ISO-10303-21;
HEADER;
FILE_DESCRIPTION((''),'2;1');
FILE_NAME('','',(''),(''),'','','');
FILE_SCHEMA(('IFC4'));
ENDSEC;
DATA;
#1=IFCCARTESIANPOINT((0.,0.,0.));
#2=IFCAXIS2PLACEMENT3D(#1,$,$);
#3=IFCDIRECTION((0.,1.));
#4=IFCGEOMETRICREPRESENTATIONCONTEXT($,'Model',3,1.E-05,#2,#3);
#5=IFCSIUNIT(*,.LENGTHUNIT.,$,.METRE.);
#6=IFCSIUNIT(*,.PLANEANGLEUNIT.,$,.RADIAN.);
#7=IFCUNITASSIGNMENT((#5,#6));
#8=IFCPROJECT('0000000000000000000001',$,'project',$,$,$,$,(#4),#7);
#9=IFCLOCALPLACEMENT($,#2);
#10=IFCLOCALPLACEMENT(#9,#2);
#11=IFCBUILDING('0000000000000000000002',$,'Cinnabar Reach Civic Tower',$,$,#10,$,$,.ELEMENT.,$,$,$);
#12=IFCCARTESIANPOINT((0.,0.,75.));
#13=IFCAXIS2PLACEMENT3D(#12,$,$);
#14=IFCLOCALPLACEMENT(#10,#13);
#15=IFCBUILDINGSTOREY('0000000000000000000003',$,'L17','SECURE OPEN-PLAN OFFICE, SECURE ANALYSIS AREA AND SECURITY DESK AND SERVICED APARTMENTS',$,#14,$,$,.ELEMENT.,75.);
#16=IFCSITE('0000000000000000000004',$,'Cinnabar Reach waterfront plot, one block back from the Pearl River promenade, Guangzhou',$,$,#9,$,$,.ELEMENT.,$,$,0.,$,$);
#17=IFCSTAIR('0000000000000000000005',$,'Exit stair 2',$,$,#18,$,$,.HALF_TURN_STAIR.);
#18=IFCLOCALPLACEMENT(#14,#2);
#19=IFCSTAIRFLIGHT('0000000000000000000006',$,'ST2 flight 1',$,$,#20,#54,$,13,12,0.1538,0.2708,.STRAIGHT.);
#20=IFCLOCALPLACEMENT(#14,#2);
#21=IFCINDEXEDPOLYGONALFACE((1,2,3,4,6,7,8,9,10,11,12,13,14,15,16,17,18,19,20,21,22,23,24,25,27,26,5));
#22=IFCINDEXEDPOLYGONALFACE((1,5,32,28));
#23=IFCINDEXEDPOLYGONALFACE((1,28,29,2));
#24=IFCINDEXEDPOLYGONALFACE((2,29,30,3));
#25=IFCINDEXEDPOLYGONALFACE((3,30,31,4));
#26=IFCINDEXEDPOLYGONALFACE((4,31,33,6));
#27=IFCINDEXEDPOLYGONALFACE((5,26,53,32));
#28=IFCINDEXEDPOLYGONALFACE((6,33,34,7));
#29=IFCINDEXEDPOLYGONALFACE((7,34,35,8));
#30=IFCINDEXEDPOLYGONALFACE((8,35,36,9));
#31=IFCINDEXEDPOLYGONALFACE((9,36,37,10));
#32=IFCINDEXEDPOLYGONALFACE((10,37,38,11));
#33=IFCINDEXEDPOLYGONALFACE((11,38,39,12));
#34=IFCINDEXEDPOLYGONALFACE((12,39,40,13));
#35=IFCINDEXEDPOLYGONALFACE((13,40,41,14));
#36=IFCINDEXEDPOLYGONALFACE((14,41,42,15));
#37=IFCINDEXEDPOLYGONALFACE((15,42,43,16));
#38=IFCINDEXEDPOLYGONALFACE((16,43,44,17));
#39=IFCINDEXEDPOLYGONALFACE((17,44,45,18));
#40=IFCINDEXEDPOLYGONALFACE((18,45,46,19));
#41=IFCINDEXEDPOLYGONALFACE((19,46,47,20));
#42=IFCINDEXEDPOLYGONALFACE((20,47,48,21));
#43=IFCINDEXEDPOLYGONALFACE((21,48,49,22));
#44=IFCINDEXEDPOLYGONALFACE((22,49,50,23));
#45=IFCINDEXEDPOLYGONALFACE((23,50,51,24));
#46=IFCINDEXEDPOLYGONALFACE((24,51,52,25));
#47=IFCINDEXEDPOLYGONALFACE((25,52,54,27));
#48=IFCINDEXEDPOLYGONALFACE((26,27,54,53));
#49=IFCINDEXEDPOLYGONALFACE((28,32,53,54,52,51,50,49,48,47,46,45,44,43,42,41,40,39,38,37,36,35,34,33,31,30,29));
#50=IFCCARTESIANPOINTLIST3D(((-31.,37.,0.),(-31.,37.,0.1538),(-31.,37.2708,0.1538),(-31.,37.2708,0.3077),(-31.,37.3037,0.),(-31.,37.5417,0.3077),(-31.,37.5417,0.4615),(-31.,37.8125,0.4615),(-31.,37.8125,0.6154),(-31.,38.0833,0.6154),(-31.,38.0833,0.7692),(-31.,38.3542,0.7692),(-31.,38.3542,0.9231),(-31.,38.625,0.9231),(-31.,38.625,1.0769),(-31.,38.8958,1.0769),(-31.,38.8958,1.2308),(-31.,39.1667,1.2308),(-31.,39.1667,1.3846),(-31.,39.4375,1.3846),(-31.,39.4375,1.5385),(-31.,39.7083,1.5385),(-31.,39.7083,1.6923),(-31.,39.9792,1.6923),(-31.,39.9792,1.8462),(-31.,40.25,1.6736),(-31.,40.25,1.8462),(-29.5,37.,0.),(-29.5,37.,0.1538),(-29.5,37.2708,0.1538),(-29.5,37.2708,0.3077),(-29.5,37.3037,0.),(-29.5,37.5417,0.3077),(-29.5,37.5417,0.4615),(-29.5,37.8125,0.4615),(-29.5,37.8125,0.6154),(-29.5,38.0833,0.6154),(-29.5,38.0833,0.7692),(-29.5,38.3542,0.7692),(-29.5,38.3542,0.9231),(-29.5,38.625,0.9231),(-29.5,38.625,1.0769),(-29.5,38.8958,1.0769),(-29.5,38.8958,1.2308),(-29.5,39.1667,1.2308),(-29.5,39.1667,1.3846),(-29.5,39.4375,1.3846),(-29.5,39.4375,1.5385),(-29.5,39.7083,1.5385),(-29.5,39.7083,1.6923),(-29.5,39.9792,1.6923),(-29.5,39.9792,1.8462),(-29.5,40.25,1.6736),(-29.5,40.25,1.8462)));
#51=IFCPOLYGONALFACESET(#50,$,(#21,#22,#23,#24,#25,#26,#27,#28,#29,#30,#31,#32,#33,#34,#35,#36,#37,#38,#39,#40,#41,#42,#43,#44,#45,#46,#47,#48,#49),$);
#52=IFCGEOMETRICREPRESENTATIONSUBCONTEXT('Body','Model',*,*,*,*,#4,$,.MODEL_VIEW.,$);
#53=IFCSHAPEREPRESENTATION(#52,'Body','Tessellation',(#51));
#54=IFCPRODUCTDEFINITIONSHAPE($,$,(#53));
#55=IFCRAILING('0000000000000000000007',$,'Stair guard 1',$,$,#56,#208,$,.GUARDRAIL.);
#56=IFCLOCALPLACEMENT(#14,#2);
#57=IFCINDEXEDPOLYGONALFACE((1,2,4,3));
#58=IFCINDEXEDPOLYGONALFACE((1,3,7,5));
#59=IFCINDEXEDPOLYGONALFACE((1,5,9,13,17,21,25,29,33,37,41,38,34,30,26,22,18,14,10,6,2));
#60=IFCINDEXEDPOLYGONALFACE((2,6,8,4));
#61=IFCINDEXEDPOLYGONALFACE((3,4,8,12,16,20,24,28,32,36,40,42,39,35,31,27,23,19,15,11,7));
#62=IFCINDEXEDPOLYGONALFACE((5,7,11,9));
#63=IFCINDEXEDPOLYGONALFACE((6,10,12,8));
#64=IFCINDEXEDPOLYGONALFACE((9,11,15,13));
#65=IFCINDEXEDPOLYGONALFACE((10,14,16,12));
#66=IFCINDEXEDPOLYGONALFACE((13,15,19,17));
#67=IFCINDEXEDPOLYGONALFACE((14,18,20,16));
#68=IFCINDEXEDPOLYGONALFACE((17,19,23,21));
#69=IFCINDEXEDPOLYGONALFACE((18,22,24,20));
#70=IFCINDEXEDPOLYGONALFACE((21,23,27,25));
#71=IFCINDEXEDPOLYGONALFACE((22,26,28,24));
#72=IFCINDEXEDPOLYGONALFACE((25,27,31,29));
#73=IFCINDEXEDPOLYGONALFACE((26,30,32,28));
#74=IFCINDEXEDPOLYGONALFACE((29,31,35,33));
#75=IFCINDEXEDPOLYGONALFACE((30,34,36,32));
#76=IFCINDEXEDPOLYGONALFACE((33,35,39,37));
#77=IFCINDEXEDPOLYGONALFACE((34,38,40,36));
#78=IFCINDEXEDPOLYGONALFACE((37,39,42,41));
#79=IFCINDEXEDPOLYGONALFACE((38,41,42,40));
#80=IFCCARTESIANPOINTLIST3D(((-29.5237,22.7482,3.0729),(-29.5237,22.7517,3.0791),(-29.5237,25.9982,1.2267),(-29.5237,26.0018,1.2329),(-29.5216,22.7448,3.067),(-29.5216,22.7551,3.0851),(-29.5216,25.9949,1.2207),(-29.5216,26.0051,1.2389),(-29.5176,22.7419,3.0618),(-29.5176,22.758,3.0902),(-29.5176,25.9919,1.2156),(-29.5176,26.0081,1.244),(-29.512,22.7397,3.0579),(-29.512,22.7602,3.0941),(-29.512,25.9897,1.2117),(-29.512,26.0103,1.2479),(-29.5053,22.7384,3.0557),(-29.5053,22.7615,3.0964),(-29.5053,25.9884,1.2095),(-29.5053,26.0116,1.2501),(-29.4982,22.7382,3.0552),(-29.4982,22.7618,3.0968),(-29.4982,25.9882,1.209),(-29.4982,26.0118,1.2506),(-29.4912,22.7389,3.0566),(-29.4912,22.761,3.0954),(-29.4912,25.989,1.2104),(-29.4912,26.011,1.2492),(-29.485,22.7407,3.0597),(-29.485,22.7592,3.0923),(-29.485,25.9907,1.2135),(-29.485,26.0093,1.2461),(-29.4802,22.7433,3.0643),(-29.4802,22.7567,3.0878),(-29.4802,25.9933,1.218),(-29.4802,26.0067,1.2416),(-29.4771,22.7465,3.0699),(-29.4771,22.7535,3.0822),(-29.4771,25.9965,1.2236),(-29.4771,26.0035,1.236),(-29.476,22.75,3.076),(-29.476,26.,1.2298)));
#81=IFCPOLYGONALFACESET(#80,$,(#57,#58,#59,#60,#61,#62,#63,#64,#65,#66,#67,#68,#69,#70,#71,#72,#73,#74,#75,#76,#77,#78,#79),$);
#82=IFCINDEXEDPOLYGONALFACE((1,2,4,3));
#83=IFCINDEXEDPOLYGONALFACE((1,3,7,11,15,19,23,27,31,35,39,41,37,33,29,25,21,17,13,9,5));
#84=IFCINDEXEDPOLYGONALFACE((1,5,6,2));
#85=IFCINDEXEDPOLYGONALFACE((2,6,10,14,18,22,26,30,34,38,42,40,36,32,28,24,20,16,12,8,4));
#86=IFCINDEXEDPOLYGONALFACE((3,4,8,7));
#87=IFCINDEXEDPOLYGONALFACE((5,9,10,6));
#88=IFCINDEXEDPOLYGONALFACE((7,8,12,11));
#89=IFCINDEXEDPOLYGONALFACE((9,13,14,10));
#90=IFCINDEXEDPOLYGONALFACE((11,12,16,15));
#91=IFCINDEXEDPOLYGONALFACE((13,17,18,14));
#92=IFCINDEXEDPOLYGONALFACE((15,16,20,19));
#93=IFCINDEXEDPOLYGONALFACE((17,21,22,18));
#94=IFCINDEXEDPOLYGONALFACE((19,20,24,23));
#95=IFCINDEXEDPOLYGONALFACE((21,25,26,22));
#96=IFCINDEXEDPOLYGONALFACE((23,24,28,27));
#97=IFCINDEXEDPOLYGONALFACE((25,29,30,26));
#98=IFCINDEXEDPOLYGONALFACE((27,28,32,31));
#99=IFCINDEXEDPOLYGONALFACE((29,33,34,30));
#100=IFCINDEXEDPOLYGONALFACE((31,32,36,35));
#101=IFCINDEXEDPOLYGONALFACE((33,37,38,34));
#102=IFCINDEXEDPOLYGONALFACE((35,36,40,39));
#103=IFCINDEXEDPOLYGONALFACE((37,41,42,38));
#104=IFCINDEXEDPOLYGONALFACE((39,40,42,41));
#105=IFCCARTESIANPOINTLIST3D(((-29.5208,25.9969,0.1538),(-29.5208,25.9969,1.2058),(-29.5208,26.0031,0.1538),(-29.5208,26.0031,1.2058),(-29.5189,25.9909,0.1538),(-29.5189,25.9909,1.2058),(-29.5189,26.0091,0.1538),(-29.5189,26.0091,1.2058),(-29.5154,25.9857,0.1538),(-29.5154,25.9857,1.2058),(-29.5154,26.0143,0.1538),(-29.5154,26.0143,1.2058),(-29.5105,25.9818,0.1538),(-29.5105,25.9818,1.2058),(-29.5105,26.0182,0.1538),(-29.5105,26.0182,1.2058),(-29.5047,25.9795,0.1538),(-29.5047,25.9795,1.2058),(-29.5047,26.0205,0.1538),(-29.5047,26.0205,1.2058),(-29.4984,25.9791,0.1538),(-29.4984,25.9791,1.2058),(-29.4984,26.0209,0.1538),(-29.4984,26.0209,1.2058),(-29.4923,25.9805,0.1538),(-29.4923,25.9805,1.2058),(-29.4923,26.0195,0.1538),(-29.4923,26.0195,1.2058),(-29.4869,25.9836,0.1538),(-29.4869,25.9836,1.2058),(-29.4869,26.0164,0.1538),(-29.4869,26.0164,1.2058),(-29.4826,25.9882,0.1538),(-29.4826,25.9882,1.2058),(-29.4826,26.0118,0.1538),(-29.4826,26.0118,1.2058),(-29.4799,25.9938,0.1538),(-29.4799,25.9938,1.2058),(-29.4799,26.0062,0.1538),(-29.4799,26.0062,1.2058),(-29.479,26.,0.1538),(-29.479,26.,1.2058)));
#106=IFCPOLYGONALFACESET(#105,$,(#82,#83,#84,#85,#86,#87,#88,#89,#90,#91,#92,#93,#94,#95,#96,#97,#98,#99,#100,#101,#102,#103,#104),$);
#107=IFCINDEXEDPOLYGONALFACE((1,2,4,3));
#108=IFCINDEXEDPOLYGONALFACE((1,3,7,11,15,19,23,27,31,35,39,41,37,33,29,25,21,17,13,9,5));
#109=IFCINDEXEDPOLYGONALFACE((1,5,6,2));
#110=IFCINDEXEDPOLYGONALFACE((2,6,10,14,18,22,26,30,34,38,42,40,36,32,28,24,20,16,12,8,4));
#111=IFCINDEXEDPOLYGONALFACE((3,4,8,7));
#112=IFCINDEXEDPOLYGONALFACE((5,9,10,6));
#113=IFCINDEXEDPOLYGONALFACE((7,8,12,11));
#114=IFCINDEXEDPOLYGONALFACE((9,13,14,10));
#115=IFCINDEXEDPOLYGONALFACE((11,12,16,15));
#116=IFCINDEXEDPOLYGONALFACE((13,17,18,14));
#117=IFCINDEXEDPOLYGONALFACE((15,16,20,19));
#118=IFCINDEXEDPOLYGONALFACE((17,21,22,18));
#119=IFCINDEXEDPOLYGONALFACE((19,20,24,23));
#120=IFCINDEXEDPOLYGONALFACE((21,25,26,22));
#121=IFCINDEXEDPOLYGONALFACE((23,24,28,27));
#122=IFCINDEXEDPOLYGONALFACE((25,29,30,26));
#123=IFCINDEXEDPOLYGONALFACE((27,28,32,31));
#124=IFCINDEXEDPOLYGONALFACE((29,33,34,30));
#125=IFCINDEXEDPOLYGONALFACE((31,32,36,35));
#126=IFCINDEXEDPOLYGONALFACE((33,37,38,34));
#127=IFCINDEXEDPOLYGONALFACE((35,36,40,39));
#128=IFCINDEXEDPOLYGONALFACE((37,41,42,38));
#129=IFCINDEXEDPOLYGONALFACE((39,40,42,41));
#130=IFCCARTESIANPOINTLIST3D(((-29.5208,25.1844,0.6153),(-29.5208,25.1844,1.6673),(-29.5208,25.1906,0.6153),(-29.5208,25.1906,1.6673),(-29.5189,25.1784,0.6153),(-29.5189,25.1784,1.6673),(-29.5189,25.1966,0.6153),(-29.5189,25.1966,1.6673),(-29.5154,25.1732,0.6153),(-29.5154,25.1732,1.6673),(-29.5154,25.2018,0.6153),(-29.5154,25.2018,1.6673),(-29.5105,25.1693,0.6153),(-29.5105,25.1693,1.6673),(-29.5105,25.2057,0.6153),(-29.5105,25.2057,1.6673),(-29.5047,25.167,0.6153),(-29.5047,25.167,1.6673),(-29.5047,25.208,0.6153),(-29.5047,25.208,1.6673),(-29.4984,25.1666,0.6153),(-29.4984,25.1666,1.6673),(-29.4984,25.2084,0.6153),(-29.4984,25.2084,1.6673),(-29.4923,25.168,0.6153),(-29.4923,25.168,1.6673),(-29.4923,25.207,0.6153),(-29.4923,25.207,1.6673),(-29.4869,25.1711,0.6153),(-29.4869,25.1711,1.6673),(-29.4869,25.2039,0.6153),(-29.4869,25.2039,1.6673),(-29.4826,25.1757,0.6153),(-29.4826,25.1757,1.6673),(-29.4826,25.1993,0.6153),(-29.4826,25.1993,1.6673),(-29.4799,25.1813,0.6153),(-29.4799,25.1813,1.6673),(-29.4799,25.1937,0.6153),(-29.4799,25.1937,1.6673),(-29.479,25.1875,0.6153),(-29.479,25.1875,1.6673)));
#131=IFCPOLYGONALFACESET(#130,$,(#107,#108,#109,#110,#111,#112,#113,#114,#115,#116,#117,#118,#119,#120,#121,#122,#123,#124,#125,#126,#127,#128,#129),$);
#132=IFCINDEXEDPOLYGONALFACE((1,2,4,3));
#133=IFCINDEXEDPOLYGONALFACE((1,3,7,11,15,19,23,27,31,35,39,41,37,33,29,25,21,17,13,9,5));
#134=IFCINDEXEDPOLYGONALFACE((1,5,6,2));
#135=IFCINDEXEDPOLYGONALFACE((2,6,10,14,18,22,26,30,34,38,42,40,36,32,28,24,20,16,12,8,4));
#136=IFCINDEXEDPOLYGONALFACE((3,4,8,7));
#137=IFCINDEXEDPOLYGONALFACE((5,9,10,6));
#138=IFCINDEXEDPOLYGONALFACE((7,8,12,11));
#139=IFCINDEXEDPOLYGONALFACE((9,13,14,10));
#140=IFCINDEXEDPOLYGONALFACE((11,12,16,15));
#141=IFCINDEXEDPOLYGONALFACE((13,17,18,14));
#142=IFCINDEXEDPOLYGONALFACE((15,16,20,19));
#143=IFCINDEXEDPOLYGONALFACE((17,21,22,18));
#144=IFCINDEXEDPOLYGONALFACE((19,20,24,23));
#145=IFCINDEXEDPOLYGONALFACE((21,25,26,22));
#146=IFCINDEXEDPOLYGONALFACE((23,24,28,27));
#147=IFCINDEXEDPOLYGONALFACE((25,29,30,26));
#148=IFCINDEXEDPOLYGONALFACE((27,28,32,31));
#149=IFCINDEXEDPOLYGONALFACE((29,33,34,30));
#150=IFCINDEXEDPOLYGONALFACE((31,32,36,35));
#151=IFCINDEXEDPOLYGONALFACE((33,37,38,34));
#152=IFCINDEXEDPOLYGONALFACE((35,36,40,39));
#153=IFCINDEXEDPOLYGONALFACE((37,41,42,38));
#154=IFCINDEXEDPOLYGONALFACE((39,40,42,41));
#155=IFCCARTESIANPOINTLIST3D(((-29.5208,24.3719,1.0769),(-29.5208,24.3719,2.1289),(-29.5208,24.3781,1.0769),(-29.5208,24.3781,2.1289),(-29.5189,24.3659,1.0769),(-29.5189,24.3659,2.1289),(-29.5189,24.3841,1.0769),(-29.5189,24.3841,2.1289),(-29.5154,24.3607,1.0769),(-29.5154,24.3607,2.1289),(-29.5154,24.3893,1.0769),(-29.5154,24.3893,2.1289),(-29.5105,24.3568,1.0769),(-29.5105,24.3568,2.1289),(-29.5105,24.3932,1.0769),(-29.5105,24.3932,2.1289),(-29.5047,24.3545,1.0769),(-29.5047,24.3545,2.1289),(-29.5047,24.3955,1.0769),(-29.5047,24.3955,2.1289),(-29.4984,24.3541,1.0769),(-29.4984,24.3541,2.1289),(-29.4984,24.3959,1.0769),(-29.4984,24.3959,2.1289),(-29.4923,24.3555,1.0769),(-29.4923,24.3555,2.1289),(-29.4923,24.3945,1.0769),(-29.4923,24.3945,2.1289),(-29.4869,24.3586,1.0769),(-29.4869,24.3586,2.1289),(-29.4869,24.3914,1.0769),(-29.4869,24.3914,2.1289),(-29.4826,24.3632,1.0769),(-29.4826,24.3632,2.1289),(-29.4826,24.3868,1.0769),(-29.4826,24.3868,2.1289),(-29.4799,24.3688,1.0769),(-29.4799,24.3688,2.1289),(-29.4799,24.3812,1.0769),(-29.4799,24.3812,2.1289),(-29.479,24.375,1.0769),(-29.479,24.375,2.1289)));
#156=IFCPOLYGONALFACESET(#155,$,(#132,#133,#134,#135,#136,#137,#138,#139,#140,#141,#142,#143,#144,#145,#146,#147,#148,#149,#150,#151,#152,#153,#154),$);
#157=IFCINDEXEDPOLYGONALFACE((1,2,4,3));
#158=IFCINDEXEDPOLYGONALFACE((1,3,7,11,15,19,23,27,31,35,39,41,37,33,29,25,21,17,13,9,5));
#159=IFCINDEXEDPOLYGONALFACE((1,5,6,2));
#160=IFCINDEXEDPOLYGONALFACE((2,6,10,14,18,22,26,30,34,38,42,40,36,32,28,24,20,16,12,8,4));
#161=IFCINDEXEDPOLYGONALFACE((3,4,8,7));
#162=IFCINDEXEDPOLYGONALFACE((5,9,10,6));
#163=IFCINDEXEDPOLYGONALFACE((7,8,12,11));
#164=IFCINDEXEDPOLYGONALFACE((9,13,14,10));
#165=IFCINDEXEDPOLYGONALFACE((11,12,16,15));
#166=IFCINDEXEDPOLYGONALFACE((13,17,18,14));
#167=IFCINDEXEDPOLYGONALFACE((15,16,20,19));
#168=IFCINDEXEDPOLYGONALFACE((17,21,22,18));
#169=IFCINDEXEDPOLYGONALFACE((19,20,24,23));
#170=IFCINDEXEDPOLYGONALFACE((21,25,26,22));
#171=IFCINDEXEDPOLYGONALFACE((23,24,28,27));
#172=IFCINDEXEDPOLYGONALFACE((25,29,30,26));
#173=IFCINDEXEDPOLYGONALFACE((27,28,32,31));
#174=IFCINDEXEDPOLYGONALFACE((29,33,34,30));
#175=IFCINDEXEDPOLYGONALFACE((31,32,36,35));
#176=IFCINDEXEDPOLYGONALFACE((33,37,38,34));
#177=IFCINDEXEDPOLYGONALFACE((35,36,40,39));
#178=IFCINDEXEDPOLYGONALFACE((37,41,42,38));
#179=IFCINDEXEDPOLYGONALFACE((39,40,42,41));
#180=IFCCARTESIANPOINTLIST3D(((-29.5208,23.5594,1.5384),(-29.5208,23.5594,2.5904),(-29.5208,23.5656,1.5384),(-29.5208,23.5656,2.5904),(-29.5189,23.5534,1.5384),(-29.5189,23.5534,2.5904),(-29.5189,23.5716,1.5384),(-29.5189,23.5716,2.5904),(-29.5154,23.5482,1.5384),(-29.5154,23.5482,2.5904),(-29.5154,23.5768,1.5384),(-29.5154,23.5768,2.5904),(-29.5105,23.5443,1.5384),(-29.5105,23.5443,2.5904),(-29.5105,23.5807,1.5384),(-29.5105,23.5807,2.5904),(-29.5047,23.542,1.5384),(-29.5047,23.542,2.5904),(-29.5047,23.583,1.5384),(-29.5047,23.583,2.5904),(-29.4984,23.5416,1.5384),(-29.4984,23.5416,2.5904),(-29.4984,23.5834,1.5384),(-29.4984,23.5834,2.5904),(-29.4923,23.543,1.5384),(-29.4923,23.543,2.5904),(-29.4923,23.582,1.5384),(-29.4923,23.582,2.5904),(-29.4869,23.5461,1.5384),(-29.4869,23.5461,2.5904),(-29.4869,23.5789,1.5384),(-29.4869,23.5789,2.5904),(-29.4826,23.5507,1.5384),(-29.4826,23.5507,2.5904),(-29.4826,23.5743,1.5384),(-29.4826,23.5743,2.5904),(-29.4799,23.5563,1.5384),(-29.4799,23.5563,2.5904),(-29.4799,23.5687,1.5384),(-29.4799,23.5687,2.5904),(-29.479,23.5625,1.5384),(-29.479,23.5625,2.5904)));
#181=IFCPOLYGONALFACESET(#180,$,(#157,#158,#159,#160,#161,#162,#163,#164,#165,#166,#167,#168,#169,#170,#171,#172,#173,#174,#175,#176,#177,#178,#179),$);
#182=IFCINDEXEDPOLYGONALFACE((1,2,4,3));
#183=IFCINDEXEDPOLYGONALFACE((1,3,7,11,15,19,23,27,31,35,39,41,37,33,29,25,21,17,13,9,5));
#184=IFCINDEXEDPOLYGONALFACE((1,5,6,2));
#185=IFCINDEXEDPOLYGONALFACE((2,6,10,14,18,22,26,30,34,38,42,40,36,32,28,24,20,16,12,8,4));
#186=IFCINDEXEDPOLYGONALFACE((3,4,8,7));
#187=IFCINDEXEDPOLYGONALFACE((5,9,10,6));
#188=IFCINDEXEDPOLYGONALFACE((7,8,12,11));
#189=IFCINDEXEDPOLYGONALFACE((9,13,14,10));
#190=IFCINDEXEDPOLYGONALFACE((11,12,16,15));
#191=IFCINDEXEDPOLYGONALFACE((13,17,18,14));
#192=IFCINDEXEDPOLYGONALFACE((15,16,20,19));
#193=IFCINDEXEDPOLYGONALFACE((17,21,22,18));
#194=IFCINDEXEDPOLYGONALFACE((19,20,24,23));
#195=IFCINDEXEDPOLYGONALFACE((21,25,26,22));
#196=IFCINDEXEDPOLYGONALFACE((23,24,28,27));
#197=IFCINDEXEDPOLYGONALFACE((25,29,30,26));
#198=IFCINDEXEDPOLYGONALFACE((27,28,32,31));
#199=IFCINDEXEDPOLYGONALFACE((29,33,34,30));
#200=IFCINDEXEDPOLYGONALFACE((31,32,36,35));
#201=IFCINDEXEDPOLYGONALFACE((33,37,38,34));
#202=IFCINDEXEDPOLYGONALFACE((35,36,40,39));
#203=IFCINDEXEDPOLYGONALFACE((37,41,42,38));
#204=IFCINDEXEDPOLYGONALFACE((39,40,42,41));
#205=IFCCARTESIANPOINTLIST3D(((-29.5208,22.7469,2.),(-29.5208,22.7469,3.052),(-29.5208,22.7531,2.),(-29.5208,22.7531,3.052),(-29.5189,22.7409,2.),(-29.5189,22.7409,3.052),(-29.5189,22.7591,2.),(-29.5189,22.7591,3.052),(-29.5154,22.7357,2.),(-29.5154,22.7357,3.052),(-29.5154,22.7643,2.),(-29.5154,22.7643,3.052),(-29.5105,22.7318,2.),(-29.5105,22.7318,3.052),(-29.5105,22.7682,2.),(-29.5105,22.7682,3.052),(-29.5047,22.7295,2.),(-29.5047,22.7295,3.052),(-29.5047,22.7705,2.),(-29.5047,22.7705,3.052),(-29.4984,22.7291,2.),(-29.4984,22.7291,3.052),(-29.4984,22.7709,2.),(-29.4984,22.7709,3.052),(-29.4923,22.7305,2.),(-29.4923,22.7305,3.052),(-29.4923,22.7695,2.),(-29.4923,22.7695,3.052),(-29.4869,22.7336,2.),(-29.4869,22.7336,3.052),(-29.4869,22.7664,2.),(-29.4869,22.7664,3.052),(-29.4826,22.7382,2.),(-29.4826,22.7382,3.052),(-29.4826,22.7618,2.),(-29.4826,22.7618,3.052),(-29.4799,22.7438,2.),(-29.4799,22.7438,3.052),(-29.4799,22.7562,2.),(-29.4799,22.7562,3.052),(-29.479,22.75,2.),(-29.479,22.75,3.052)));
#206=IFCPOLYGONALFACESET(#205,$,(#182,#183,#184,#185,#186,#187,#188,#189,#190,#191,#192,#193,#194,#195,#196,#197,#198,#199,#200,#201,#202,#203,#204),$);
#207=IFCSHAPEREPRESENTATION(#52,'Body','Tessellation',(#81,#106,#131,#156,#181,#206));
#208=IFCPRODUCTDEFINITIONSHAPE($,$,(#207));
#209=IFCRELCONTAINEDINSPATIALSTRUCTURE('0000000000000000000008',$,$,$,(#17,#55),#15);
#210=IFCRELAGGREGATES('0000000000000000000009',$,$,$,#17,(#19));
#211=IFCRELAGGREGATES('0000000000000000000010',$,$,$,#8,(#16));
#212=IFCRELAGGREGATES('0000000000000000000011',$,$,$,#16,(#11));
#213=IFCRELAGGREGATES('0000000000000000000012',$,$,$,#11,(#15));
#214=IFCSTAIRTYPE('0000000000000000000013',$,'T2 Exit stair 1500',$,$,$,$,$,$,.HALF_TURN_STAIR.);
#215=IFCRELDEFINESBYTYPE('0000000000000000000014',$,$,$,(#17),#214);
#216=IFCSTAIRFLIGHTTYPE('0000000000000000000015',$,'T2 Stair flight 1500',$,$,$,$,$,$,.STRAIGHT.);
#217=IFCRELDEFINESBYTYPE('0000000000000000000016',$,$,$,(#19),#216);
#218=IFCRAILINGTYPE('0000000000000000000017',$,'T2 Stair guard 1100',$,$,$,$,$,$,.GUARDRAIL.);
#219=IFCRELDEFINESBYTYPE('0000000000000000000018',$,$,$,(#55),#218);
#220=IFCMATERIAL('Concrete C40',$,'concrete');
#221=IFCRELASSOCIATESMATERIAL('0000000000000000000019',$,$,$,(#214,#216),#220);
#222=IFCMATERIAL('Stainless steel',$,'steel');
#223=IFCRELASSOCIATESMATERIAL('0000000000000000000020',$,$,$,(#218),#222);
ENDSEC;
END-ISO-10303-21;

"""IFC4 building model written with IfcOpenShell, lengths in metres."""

from ifc_helpers import new_model, si_unit, direction, frame, origin, origin_2d, place, context, subcontext, project, spatial, polyline, circle, outline, extrude, material, type_object, element, aggregate, save


model = new_model("IFC4")

# Units and contexts
model_context = context("Model", 3, precision=1e-05, world=origin(), true_north=direction((0.0, 1.0)))
body_context = subcontext(model_context, "Body", "Model", "MODEL_VIEW")
ifc_project = project(units=[si_unit("LENGTHUNIT", "METRE"), si_unit("PLANEANGLEUNIT", "RADIAN")], contexts=[model_context])

# Site, building, storey
site_placement = place(None, origin())
site = spatial("IfcSite", under=ifc_project, at=site_placement, Name="Cinnabar Reach waterfront plot, one block back from the Pearl River promenade, Guangzhou", CompositionType="ELEMENT", RefElevation=0.0)
building_placement = place(site_placement, origin())
building = spatial("IfcBuilding", under=site, at=building_placement, Name="Cinnabar Reach Civic Tower", CompositionType="ELEMENT")
storey_placement = place(building_placement, frame((0.0, 0.0, 75.0)))
storey = spatial("IfcBuildingStorey", under=building, at=storey_placement, Name="L17", Description="SECURE OPEN-PLAN OFFICE, SECURE ANALYSIS AREA AND SECURITY DESK AND SERVICED APARTMENTS", CompositionType="ELEMENT", Elevation=75.0)

# Shared definitions
ifc_material_1 = material(Name="Concrete C40", Category="concrete")

# Stair, stair flight
stair_type = type_object("IfcStairType", Name="T2 Exit stair 1500", PredefinedType="HALF_TURN_STAIR", material=ifc_material_1)
stair_placement = place(storey_placement, origin())
stair = element("IfcStair", 1, at=stair_placement, inside=storey, type_object=stair_type, Name="Exit stair 2", PredefinedType="HALF_TURN_STAIR")
stair_flight_type = type_object("IfcStairFlightType", Name="T2 Stair flight 1500", PredefinedType="STRAIGHT", material=ifc_material_1)
stair_flight_placement = place(storey_placement, frame((-30.25, 37.0, 0.0), z_axis=(0.0, 0.0, 1.0), x_axis=(0.0, 1.0, 0.0)))
stair_flight = element("IfcStairFlight", 2, at=stair_flight_placement, type_object=stair_flight_type, Name="ST2 flight 1", NumberOfRisers=13, NumberOfTreads=12, PredefinedType="STRAIGHT", RiserHeight=0.1538, TreadLength=0.2708, context=body_context, shape_type="SweptSolid", body=[
    extrude(outline(polyline([(0.0, 0.0), (0.0, 0.1538), (0.2708, 0.1538), (0.2708, 0.3077), (0.5417, 0.3077), (0.5417, 0.4615), (0.8125, 0.4615), (0.8125, 0.6154), (1.0833, 0.6154), (1.0833, 0.7692), (1.3542, 0.7692), (1.3542, 0.9231), (1.625, 0.9231), (1.625, 1.0769), (1.8958, 1.0769), (1.8958, 1.2308), (2.1667, 1.2308), (2.1667, 1.3846), (2.4375, 1.3846), (2.4375, 1.5385), (2.7083, 1.5385), (2.7083, 1.6923), (2.9792, 1.6923), (2.9792, 1.8462), (3.25, 1.8462), (3.25, 2.0), (3.25, 1.6736), (0.3037, 0.0), (0.0, 0.0)])), frame((0.0, 0.75, 0.0), z_axis=(0.0, -1.0, 0.0), x_axis=(1.0, 0.0, 0.0)), (0.0, 0.0, 1.0), 1.5),
])
aggregate(stair, [stair_flight])

# Railing
ifc_material_2 = material(Name="Stainless steel", Category="steel")
railing_type = type_object("IfcRailingType", Name="T2 Stair guard 1100", PredefinedType="GUARDRAIL", material=ifc_material_2)
railing_1_placement = place(storey_placement, frame((-29.5, 26.0, 0.1538)))
element("IfcRailing", 3, at=railing_1_placement, inside=storey, type_object=railing_type, Name="Stair guard 1", PredefinedType="GUARDRAIL", context=body_context, shape_type="SweptSolid", body=[
    extrude(circle(Radius=0.024, at=origin_2d()), frame((0.0, 0.0, 1.076), z_axis=(0.0, -0.869501, 0.49393), x_axis=(1.0, 0.0, 0.0)), (0.0, 0.0, 1.0), 3.7378),
    extrude(circle(Radius=0.021, at=origin_2d()), origin(), (0.0, 0.0, 1.0), 1.052),
    extrude(circle(Radius=0.021, at=origin_2d()), frame((0.0, -0.8125, 0.4615)), (0.0, 0.0, 1.0), 1.052),
    extrude(circle(Radius=0.021, at=origin_2d()), frame((0.0, -1.625, 0.9231)), (0.0, 0.0, 1.0), 1.052),
    extrude(circle(Radius=0.021, at=origin_2d()), frame((0.0, -2.4375, 1.3846)), (0.0, 0.0, 1.0), 1.052),
    extrude(circle(Radius=0.021, at=origin_2d()), frame((0.0, -3.25, 1.8462)), (0.0, 0.0, 1.0), 1.052),
])

save(model, "model.ifc")
